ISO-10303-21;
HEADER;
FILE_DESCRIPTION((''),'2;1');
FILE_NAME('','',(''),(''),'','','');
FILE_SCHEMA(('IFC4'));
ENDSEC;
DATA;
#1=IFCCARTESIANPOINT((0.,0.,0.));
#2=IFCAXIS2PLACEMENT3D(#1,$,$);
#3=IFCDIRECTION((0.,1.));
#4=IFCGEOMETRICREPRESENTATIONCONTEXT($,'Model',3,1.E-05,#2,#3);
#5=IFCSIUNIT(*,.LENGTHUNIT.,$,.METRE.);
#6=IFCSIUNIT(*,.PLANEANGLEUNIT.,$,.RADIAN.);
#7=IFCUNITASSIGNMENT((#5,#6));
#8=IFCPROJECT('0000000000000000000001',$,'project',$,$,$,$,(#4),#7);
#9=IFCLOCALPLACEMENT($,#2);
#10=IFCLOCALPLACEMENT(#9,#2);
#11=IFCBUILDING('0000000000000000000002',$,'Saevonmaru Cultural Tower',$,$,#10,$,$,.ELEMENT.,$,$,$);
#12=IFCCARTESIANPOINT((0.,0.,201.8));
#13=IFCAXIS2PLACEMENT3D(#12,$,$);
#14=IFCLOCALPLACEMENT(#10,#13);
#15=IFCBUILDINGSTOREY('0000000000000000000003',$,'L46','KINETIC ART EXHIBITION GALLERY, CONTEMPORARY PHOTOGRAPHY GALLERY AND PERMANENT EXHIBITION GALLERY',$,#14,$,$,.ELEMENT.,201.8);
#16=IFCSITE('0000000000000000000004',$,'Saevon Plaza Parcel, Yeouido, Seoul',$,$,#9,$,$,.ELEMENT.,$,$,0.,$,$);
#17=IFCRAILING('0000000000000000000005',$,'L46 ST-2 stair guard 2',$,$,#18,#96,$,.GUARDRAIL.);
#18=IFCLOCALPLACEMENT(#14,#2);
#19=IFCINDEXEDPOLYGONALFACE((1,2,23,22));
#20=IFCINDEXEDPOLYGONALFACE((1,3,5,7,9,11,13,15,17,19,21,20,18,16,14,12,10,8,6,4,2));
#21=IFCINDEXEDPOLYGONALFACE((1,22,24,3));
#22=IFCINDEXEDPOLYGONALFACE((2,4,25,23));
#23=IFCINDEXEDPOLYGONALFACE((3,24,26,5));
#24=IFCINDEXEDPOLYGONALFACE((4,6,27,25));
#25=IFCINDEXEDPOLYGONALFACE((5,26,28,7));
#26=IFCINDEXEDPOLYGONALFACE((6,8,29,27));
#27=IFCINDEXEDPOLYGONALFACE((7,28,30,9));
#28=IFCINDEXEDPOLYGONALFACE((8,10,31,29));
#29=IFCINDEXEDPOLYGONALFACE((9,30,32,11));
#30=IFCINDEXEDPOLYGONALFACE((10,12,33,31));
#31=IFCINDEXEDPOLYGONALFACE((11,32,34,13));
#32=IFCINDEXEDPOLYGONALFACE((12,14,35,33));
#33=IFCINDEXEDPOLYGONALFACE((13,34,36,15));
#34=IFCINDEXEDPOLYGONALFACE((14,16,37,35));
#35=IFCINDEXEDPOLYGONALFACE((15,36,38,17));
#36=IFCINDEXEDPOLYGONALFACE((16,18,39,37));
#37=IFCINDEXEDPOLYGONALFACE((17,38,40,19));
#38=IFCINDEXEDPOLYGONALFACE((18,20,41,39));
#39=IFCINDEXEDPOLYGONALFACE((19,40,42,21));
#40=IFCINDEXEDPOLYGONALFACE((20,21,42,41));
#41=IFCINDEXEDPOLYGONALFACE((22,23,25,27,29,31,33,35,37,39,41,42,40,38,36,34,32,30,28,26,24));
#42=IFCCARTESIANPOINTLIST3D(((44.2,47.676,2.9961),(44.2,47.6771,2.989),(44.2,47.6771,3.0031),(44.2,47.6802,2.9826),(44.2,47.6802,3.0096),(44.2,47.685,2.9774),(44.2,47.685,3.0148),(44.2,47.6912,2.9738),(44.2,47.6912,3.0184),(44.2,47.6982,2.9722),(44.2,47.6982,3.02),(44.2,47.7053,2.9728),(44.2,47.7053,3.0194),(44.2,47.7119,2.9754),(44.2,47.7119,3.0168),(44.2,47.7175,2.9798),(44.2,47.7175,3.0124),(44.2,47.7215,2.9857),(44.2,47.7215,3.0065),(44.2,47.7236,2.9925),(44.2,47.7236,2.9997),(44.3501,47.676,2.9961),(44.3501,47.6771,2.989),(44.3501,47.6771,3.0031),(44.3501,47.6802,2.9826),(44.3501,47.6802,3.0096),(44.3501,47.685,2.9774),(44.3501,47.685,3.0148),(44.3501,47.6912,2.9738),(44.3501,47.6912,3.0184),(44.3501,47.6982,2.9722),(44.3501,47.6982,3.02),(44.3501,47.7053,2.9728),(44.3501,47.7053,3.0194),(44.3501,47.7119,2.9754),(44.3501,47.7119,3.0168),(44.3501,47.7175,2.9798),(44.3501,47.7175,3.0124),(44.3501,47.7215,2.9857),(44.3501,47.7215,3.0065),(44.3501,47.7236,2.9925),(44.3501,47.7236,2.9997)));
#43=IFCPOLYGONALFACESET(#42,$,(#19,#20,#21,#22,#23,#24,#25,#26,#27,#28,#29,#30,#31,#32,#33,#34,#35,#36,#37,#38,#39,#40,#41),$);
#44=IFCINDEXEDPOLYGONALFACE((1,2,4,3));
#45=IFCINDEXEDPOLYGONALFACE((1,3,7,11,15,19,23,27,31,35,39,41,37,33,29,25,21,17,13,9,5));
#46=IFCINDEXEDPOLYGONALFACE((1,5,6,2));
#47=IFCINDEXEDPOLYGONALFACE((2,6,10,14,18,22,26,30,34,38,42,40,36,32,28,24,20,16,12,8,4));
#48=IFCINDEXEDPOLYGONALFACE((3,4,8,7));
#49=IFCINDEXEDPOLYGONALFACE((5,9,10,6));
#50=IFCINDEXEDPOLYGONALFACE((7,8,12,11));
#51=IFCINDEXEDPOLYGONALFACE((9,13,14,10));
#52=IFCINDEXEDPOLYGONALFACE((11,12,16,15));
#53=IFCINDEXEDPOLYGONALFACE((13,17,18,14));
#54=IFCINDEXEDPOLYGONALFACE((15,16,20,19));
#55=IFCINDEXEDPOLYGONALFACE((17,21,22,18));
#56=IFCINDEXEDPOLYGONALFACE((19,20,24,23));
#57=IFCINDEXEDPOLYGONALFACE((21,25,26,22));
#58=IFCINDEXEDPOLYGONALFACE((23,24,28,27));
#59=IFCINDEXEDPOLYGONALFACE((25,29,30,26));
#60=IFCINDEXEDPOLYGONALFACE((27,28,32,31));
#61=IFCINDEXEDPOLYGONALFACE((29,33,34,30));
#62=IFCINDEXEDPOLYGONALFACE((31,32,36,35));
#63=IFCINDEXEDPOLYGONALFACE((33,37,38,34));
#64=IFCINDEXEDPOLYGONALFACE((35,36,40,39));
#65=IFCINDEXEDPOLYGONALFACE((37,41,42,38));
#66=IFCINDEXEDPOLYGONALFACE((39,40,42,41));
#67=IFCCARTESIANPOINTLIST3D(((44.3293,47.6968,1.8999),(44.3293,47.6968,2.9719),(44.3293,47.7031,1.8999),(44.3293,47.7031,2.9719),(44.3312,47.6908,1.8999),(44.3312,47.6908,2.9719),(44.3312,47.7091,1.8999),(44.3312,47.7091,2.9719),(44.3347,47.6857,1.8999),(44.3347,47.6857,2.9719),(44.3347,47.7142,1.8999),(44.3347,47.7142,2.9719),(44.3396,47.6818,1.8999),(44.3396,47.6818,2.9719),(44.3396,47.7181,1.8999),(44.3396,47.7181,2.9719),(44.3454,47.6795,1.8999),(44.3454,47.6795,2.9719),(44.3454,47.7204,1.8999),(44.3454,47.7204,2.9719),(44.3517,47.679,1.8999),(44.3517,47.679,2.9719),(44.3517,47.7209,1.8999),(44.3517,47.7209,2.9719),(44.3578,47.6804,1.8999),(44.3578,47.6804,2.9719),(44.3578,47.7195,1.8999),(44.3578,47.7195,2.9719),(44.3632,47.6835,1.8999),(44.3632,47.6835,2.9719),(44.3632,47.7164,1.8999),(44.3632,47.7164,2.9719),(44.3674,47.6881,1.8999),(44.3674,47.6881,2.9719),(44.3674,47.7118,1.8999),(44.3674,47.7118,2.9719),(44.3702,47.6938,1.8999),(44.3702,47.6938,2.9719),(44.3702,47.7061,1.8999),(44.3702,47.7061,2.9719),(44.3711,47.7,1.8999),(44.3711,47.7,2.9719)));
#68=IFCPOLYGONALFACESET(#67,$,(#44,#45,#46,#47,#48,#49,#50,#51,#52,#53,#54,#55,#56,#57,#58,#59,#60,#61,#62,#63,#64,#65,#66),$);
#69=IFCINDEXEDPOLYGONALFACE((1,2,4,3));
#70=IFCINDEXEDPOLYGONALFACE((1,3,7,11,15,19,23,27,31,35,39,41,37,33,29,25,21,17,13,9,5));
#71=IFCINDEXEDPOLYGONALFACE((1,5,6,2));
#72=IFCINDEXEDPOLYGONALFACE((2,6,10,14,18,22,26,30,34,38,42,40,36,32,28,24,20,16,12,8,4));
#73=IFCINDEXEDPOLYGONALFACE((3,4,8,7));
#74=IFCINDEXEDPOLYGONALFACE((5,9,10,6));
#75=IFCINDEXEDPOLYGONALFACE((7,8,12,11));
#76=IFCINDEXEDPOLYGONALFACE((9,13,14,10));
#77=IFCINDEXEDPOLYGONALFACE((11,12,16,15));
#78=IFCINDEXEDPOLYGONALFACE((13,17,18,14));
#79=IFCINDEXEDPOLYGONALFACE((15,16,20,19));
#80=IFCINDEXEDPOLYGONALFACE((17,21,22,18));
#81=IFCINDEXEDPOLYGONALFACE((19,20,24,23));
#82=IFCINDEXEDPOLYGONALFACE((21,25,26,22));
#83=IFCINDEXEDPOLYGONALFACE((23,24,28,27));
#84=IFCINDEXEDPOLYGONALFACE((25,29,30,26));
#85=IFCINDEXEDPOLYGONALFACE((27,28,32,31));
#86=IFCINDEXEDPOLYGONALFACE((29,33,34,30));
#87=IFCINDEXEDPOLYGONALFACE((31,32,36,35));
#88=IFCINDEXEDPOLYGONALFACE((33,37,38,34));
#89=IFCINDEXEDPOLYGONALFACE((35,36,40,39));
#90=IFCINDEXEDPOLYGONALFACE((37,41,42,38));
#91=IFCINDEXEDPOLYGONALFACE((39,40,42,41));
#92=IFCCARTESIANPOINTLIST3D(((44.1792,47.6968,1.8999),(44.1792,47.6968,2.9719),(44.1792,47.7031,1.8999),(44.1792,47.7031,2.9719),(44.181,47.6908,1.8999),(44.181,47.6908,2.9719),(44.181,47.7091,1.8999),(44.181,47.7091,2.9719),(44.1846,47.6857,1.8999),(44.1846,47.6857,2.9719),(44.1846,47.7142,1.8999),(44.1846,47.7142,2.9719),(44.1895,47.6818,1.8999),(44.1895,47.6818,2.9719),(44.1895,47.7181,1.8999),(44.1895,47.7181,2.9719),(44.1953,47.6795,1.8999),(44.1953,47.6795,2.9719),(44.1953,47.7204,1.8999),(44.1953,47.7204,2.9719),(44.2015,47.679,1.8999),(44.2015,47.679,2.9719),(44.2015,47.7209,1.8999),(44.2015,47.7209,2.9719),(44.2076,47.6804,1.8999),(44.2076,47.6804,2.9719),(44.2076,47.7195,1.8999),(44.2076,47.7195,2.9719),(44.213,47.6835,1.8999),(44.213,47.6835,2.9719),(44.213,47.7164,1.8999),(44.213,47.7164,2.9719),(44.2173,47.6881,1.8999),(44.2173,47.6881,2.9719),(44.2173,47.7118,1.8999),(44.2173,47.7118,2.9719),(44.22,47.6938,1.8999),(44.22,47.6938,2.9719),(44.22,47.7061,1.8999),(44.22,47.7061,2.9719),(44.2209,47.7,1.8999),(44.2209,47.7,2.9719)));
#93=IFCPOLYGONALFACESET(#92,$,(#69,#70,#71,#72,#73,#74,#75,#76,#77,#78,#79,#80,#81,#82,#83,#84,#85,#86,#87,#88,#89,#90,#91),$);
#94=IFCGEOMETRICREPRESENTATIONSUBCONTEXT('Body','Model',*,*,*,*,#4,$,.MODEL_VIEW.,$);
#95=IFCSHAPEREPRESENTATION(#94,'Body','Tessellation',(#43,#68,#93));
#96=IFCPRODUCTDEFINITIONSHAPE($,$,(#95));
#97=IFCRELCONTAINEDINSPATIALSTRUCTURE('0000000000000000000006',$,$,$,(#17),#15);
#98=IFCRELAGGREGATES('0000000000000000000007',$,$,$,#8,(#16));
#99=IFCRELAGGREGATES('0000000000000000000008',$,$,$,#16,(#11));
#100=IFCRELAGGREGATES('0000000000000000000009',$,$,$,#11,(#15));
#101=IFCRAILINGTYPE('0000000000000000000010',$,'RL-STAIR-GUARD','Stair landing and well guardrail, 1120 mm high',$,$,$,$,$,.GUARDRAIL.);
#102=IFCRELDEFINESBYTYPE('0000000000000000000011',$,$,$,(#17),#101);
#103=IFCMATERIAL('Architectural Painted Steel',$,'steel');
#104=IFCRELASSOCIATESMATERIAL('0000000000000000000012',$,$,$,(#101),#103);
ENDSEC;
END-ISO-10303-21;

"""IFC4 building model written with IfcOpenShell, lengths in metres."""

from ifc_helpers import new_model, si_unit, direction, frame, origin, origin_2d, place, context, subcontext, project, spatial, circle, extrude, material, type_object, element, save


model = new_model("IFC4")

# Units and contexts
model_context = context("Model", 3, precision=1e-05, world=origin(), true_north=direction((0.0, 1.0)))
body_context = subcontext(model_context, "Body", "Model", "MODEL_VIEW")
ifc_project = project(units=[si_unit("LENGTHUNIT", "METRE"), si_unit("PLANEANGLEUNIT", "RADIAN")], contexts=[model_context])

# Site, building, storey
site_placement = place(None, origin())
site = spatial("IfcSite", under=ifc_project, at=site_placement, Name="Saevon Plaza Parcel, Yeouido, Seoul", CompositionType="ELEMENT", RefElevation=0.0)
building_placement = place(site_placement, origin())
building = spatial("IfcBuilding", under=site, at=building_placement, Name="Saevonmaru Cultural Tower", CompositionType="ELEMENT")
storey_placement = place(building_placement, frame((0.0, 0.0, 201.8)))
storey = spatial("IfcBuildingStorey", under=building, at=storey_placement, Name="L46", Description="KINETIC ART EXHIBITION GALLERY, CONTEMPORARY PHOTOGRAPHY GALLERY AND PERMANENT EXHIBITION GALLERY", CompositionType="ELEMENT", Elevation=201.8)

# Railing
ifc_material_1 = material(Name="Architectural Painted Steel", Category="steel")
railing_type_1 = type_object("IfcRailingType", Name="RL-STAIR-GUARD", Description="Stair landing and well guardrail, 1120 mm high", PredefinedType="GUARDRAIL", material=ifc_material_1)
railing_1_placement = place(storey_placement, frame((44.3501, 47.7, 1.8999)))
element("IfcRailing", 1, at=railing_1_placement, inside=storey, type_object=railing_type_1, Name="L46 ST-2 stair guard 2", PredefinedType="GUARDRAIL", context=body_context, shape_type="SweptSolid", body=[
    extrude(circle(Radius=0.0239, at=origin_2d()), frame((0.0, 0.0, 1.0962), z_axis=(-1.0, 0.0, 0.0), x_axis=(0.0, -1.0, 0.0)), (0.0, 0.0, 1.0), 0.1501),
    extrude(circle(Radius=0.021, at=origin_2d()), origin(), (0.0, 0.0, 1.0), 1.072),
    extrude(circle(Radius=0.021, at=origin_2d()), frame((-0.1501, 0.0, 0.0)), (0.0, 0.0, 1.0), 1.072),
])

save(model, "model.ifc")
